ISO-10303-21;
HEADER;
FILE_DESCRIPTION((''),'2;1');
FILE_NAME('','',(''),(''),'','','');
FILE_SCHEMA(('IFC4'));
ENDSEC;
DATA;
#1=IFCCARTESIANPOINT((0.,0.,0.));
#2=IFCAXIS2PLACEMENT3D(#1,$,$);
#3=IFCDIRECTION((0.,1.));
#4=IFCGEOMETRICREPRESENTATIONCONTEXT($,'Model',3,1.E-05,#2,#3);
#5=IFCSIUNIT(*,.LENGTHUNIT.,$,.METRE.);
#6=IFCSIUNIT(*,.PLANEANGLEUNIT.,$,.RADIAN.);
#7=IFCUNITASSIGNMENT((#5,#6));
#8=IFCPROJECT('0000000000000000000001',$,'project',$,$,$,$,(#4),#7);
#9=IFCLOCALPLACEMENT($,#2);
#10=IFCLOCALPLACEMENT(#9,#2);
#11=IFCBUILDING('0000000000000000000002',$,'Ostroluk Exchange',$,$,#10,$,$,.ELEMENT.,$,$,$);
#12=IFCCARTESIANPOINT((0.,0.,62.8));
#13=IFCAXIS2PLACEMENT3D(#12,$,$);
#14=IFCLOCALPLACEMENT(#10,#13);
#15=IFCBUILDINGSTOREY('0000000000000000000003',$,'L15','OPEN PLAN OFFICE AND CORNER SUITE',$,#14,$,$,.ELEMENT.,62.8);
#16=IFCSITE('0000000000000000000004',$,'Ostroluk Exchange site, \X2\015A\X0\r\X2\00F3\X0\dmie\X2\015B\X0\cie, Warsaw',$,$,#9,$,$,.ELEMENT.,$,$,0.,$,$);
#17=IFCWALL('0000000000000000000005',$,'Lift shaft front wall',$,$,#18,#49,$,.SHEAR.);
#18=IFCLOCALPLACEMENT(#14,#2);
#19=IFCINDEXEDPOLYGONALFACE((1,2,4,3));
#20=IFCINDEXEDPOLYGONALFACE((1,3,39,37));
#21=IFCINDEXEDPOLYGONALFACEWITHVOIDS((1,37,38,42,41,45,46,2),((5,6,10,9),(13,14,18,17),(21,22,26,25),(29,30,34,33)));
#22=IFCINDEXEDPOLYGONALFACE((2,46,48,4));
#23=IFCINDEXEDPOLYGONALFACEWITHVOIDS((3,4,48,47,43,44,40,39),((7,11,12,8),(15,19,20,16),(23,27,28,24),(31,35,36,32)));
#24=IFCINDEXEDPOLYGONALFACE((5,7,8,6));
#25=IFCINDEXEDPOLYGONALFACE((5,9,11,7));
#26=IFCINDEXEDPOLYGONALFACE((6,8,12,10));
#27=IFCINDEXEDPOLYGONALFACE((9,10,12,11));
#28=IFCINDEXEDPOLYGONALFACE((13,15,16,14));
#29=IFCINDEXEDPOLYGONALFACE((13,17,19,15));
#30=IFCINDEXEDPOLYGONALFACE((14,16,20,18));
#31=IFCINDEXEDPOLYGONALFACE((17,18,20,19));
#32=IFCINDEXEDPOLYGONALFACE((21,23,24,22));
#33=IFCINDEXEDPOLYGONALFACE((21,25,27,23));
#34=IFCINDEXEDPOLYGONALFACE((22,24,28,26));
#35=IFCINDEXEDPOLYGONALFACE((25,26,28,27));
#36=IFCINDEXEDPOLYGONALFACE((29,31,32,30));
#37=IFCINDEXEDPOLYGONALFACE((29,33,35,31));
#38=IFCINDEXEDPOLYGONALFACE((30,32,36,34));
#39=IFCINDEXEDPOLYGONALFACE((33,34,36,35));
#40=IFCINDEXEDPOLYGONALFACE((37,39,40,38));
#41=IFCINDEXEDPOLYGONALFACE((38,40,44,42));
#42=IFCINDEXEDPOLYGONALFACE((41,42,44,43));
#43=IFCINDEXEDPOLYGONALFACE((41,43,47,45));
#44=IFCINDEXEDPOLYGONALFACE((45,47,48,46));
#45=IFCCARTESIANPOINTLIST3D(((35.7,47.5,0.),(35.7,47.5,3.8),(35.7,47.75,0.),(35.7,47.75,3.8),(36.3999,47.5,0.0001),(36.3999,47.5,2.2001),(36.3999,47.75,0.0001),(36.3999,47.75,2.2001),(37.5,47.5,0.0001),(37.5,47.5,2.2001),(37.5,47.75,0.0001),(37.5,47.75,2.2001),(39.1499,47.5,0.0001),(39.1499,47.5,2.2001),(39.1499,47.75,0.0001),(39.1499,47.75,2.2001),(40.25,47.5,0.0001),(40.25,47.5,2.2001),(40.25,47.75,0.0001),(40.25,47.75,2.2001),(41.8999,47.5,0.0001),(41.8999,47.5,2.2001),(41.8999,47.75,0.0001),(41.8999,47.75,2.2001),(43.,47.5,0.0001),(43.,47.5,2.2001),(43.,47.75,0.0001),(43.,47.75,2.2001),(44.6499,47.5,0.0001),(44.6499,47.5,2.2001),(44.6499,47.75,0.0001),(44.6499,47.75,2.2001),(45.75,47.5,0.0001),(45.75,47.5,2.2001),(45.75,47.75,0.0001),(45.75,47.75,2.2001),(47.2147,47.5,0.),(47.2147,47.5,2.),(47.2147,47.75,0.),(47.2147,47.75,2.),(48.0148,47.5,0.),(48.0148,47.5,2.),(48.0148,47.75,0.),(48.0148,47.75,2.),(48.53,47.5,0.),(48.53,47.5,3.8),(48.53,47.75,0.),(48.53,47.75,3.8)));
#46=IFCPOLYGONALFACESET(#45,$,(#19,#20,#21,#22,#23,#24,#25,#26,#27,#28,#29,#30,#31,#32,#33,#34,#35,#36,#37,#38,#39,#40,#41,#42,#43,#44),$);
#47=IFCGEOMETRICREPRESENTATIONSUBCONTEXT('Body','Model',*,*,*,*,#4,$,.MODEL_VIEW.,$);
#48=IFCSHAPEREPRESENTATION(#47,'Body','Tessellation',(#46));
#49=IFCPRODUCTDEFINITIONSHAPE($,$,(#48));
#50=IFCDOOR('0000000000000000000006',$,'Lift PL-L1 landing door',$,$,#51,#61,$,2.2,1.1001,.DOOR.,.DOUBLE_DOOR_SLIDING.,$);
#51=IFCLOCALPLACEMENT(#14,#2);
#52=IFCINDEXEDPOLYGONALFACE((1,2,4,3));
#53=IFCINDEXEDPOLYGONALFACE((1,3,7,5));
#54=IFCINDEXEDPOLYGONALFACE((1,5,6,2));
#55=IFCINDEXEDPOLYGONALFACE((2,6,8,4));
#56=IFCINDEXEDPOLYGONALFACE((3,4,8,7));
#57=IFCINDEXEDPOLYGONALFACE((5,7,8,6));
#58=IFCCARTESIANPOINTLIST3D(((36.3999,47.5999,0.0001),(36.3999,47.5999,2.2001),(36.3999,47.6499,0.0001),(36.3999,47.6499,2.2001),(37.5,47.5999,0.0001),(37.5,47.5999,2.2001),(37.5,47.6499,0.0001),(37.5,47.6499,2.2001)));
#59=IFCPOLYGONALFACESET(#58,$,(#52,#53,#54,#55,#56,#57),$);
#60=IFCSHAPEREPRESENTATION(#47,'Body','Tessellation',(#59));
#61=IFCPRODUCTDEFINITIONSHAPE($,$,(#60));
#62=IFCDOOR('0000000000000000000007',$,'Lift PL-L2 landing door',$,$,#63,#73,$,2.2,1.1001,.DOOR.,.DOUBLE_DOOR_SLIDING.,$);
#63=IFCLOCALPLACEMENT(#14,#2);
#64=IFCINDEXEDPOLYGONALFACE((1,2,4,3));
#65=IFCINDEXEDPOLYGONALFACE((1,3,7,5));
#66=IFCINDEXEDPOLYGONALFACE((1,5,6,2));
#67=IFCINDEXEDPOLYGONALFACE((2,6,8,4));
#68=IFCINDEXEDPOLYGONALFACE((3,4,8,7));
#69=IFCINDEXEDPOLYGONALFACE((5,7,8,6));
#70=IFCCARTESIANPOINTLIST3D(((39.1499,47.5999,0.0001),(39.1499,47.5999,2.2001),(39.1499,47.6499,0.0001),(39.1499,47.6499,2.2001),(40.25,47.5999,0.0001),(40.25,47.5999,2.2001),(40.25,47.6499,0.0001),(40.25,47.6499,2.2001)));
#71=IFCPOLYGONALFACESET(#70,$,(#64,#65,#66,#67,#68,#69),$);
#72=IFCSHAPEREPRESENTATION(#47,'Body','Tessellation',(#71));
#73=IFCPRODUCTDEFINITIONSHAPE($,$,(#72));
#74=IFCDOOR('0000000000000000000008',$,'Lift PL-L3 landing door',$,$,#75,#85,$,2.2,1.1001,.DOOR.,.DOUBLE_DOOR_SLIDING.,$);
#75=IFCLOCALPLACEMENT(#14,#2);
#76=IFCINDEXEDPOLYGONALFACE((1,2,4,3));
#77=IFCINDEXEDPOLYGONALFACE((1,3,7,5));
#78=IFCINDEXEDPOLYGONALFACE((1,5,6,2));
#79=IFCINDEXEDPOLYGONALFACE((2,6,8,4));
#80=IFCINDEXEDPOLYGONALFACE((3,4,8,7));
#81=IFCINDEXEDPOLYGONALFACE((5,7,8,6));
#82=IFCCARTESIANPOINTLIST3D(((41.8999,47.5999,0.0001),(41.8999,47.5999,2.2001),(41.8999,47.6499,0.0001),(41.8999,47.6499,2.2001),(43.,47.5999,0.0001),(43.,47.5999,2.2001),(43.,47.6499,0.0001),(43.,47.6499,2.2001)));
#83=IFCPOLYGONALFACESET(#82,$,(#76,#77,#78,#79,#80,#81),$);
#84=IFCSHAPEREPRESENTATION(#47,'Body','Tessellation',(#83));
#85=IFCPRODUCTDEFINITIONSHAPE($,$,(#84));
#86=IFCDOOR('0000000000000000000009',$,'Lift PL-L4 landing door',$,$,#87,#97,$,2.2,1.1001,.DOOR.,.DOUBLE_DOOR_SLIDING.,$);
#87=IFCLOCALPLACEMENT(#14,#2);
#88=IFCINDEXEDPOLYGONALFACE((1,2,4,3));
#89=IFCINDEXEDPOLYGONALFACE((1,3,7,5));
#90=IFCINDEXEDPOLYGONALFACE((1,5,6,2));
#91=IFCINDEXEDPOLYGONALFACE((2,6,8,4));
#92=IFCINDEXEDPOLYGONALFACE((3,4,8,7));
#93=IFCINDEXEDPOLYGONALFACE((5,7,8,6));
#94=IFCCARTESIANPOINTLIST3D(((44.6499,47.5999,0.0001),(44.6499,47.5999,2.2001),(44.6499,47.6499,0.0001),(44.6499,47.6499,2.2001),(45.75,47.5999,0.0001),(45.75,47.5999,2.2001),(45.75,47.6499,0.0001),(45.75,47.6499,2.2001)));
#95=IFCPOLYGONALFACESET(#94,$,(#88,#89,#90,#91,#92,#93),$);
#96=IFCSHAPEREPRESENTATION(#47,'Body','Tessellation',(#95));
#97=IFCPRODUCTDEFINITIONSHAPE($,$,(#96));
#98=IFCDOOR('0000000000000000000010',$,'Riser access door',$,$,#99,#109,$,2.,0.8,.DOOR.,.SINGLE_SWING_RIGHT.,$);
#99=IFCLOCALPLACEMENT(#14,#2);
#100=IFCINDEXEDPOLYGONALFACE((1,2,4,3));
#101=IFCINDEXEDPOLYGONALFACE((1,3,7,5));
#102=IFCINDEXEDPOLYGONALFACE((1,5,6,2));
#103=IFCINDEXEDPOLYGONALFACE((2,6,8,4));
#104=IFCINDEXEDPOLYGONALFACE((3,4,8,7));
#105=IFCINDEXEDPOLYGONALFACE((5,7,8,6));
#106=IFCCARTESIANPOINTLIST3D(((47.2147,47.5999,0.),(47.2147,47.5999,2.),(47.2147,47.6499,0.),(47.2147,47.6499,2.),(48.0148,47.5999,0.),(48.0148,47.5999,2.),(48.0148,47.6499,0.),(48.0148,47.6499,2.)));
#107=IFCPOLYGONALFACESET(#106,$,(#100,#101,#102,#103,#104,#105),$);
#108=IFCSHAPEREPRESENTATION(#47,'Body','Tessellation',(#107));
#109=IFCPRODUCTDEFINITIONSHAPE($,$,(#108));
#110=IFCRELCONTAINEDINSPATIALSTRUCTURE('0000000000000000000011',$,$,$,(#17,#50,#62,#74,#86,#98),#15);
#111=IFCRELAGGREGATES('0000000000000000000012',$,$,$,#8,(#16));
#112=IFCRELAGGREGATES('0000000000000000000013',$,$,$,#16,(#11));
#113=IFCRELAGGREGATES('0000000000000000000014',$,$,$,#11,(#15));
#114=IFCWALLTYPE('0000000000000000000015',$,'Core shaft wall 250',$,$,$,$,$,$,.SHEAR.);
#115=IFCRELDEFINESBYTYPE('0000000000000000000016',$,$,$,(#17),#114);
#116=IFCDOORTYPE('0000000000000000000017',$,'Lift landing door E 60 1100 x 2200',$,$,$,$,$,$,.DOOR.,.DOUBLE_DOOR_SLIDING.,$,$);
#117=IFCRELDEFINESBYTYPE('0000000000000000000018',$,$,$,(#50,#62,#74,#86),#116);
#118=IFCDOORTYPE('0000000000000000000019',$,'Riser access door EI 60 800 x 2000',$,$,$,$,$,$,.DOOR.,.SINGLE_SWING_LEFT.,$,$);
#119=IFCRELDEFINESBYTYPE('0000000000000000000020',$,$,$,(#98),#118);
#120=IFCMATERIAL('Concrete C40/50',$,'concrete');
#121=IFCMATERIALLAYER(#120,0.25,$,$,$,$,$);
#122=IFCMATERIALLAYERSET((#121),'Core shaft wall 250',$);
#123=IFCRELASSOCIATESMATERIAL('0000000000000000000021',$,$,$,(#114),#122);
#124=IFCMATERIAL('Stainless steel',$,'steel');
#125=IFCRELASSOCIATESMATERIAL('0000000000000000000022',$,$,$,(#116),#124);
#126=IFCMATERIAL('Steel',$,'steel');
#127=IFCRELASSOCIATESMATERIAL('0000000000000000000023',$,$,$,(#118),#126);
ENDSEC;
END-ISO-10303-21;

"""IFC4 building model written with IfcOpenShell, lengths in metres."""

from ifc_helpers import new_model, si_unit, direction, frame, frame_2d, origin, place, context, subcontext, project, spatial, rectangle, extrude, material, layer, layer_set, type_object, element, fill, save


model = new_model("IFC4")

# Units and contexts
model_context = context("Model", 3, precision=1e-05, world=origin(), true_north=direction((0.0, 1.0)))
body_context = subcontext(model_context, "Body", "Model", "MODEL_VIEW")
ifc_project = project(units=[si_unit("LENGTHUNIT", "METRE"), si_unit("PLANEANGLEUNIT", "RADIAN")], contexts=[model_context])

# Site, building, storey
site_placement = place(None, origin())
site = spatial("IfcSite", under=ifc_project, at=site_placement, Name="Ostroluk Exchange site, Śródmieście, Warsaw", CompositionType="ELEMENT", RefElevation=0.0)
building_placement = place(site_placement, origin())
building = spatial("IfcBuilding", under=site, at=building_placement, Name="Ostroluk Exchange", CompositionType="ELEMENT")
storey_placement = place(building_placement, frame((0.0, 0.0, 62.8)))
storey = spatial("IfcBuildingStorey", under=building, at=storey_placement, Name="L15", Description="OPEN PLAN OFFICE AND CORNER SUITE", CompositionType="ELEMENT", Elevation=62.8)

# Shared definitions
ifc_material_1 = material(Name="Concrete C40/50", Category="concrete")
ifc_layer_1 = layer(ifc_material_1, 0.25)
ifc_layer_set_1 = layer_set([ifc_layer_1], Name="Core shaft wall 250")
wall_type_1 = type_object("IfcWallType", Name="Core shaft wall 250", PredefinedType="SHEAR", material=ifc_layer_set_1)

# Wall, openings, doors
wall_1_placement = place(storey_placement, frame((35.7, 47.625, 0.0), z_axis=(0.0, 0.0, 1.0), x_axis=(1.0, 0.0, 0.0)))
wall_1 = element("IfcWall", 1, at=wall_1_placement, inside=storey, type_object=wall_type_1, Name="Lift shaft front wall", PredefinedType="SHEAR", context=body_context, shape_type="SweptSolid", body=[
    extrude(rectangle(XDim=12.8301, YDim=0.25, at=frame_2d((6.415, 0.0))), origin(), (0.0, 0.0, 1.0), 3.8),
])
opening_1_placement = place(wall_1_placement, frame((0.7, 0.0, 0.0)))
opening_1 = element("IfcOpeningElement", 2, at=opening_1_placement, cuts=wall_1, PredefinedType="OPENING", context=body_context, shape_type="SweptSolid", body=[
    extrude(rectangle(XDim=1.1001, YDim=2.2, at=frame_2d((0.55, 1.1001))), frame((0.0, 0.135, 0.0), z_axis=(0.0, -1.0, 0.0), x_axis=(1.0, 0.0, 0.0)), (0.0, 0.0, 1.0), 0.27),
])
opening_2_placement = place(wall_1_placement, frame((3.45, 0.0, 0.0)))
opening_2 = element("IfcOpeningElement", 3, at=opening_2_placement, cuts=wall_1, PredefinedType="OPENING", context=body_context, shape_type="SweptSolid", body=[
    extrude(rectangle(XDim=1.1001, YDim=2.2, at=frame_2d((0.55, 1.1001))), frame((0.0, 0.135, 0.0), z_axis=(0.0, -1.0, 0.0), x_axis=(1.0, 0.0, 0.0)), (0.0, 0.0, 1.0), 0.27),
])
opening_3_placement = place(wall_1_placement, frame((6.2, 0.0, 0.0)))
opening_3 = element("IfcOpeningElement", 4, at=opening_3_placement, cuts=wall_1, PredefinedType="OPENING", context=body_context, shape_type="SweptSolid", body=[
    extrude(rectangle(XDim=1.1001, YDim=2.2, at=frame_2d((0.55, 1.1001))), frame((0.0, 0.135, 0.0), z_axis=(0.0, -1.0, 0.0), x_axis=(1.0, 0.0, 0.0)), (0.0, 0.0, 1.0), 0.27),
])
opening_4_placement = place(wall_1_placement, frame((8.95, 0.0, 0.0)))
opening_4 = element("IfcOpeningElement", 5, at=opening_4_placement, cuts=wall_1, PredefinedType="OPENING", context=body_context, shape_type="SweptSolid", body=[
    extrude(rectangle(XDim=1.1001, YDim=2.2, at=frame_2d((0.55, 1.1001))), frame((0.0, 0.135, 0.0), z_axis=(0.0, -1.0, 0.0), x_axis=(1.0, 0.0, 0.0)), (0.0, 0.0, 1.0), 0.27),
])
opening_5_placement = place(wall_1_placement, frame((11.5149, 0.0, 0.0)))
opening_5 = element("IfcOpeningElement", 6, at=opening_5_placement, cuts=wall_1, PredefinedType="OPENING", context=body_context, shape_type="SweptSolid", body=[
    extrude(rectangle(XDim=0.8, YDim=2.0, at=frame_2d((0.3999, 1.0))), frame((0.0, 0.135, 0.0), z_axis=(0.0, -1.0, 0.0), x_axis=(1.0, 0.0, 0.0)), (0.0, 0.0, 1.0), 0.27),
])
ifc_material_2 = material(Name="Stainless steel", Category="steel")
door_type_1 = type_object("IfcDoorType", Name="Lift landing door E 60 1100 x 2200", OperationType="DOUBLE_DOOR_SLIDING", PredefinedType="DOOR", material=ifc_material_2)
door_1_placement = place(opening_1_placement, origin())
door_1 = element("IfcDoor", 7, at=door_1_placement, inside=storey, type_object=door_type_1, Name="Lift PL-L1 landing door", OperationType="DOUBLE_DOOR_SLIDING", OverallHeight=2.2, OverallWidth=1.1001, PredefinedType="DOOR", context=body_context, shape_type="SweptSolid", body=[
    extrude(rectangle(XDim=1.1001, YDim=2.2, at=frame_2d((0.55, 1.1001))), frame((0.0, 0.0249, 0.0), z_axis=(0.0, -1.0, 0.0), x_axis=(1.0, 0.0, 0.0)), (0.0, 0.0, 1.0), 0.05),
])
fill(opening_1, door_1)
door_2_placement = place(opening_2_placement, origin())
door_2 = element("IfcDoor", 8, at=door_2_placement, inside=storey, type_object=door_type_1, Name="Lift PL-L2 landing door", OperationType="DOUBLE_DOOR_SLIDING", OverallHeight=2.2, OverallWidth=1.1001, PredefinedType="DOOR", context=body_context, shape_type="SweptSolid", body=[
    extrude(rectangle(XDim=1.1001, YDim=2.2, at=frame_2d((0.55, 1.1001))), frame((0.0, 0.0249, 0.0), z_axis=(0.0, -1.0, 0.0), x_axis=(1.0, 0.0, 0.0)), (0.0, 0.0, 1.0), 0.05),
])
fill(opening_2, door_2)
door_3_placement = place(opening_3_placement, origin())
door_3 = element("IfcDoor", 9, at=door_3_placement, inside=storey, type_object=door_type_1, Name="Lift PL-L3 landing door", OperationType="DOUBLE_DOOR_SLIDING", OverallHeight=2.2, OverallWidth=1.1001, PredefinedType="DOOR", context=body_context, shape_type="SweptSolid", body=[
    extrude(rectangle(XDim=1.1001, YDim=2.2, at=frame_2d((0.55, 1.1001))), frame((0.0, 0.0249, 0.0), z_axis=(0.0, -1.0, 0.0), x_axis=(1.0, 0.0, 0.0)), (0.0, 0.0, 1.0), 0.05),
])
fill(opening_3, door_3)
door_4_placement = place(opening_4_placement, origin())
door_4 = element("IfcDoor", 10, at=door_4_placement, inside=storey, type_object=door_type_1, Name="Lift PL-L4 landing door", OperationType="DOUBLE_DOOR_SLIDING", OverallHeight=2.2, OverallWidth=1.1001, PredefinedType="DOOR", context=body_context, shape_type="SweptSolid", body=[
    extrude(rectangle(XDim=1.1001, YDim=2.2, at=frame_2d((0.55, 1.1001))), frame((0.0, 0.0249, 0.0), z_axis=(0.0, -1.0, 0.0), x_axis=(1.0, 0.0, 0.0)), (0.0, 0.0, 1.0), 0.05),
])
fill(opening_4, door_4)
ifc_material_3 = material(Name="Steel", Category="steel")
door_type_2 = type_object("IfcDoorType", Name="Riser access door EI 60 800 x 2000", OperationType="SINGLE_SWING_LEFT", PredefinedType="DOOR", material=ifc_material_3)
door_5_placement = place(opening_5_placement, origin())
door_5 = element("IfcDoor", 11, at=door_5_placement, inside=storey, type_object=door_type_2, Name="Riser access door", OperationType="SINGLE_SWING_RIGHT", OverallHeight=2.0, OverallWidth=0.8, PredefinedType="DOOR", context=body_context, shape_type="SweptSolid", body=[
    extrude(rectangle(XDim=0.8, YDim=2.0, at=frame_2d((0.3999, 1.0))), frame((0.0, 0.0249, 0.0), z_axis=(0.0, -1.0, 0.0), x_axis=(1.0, 0.0, 0.0)), (0.0, 0.0, 1.0), 0.05),
])
fill(opening_5, door_5)

save(model, "model.ifc")
